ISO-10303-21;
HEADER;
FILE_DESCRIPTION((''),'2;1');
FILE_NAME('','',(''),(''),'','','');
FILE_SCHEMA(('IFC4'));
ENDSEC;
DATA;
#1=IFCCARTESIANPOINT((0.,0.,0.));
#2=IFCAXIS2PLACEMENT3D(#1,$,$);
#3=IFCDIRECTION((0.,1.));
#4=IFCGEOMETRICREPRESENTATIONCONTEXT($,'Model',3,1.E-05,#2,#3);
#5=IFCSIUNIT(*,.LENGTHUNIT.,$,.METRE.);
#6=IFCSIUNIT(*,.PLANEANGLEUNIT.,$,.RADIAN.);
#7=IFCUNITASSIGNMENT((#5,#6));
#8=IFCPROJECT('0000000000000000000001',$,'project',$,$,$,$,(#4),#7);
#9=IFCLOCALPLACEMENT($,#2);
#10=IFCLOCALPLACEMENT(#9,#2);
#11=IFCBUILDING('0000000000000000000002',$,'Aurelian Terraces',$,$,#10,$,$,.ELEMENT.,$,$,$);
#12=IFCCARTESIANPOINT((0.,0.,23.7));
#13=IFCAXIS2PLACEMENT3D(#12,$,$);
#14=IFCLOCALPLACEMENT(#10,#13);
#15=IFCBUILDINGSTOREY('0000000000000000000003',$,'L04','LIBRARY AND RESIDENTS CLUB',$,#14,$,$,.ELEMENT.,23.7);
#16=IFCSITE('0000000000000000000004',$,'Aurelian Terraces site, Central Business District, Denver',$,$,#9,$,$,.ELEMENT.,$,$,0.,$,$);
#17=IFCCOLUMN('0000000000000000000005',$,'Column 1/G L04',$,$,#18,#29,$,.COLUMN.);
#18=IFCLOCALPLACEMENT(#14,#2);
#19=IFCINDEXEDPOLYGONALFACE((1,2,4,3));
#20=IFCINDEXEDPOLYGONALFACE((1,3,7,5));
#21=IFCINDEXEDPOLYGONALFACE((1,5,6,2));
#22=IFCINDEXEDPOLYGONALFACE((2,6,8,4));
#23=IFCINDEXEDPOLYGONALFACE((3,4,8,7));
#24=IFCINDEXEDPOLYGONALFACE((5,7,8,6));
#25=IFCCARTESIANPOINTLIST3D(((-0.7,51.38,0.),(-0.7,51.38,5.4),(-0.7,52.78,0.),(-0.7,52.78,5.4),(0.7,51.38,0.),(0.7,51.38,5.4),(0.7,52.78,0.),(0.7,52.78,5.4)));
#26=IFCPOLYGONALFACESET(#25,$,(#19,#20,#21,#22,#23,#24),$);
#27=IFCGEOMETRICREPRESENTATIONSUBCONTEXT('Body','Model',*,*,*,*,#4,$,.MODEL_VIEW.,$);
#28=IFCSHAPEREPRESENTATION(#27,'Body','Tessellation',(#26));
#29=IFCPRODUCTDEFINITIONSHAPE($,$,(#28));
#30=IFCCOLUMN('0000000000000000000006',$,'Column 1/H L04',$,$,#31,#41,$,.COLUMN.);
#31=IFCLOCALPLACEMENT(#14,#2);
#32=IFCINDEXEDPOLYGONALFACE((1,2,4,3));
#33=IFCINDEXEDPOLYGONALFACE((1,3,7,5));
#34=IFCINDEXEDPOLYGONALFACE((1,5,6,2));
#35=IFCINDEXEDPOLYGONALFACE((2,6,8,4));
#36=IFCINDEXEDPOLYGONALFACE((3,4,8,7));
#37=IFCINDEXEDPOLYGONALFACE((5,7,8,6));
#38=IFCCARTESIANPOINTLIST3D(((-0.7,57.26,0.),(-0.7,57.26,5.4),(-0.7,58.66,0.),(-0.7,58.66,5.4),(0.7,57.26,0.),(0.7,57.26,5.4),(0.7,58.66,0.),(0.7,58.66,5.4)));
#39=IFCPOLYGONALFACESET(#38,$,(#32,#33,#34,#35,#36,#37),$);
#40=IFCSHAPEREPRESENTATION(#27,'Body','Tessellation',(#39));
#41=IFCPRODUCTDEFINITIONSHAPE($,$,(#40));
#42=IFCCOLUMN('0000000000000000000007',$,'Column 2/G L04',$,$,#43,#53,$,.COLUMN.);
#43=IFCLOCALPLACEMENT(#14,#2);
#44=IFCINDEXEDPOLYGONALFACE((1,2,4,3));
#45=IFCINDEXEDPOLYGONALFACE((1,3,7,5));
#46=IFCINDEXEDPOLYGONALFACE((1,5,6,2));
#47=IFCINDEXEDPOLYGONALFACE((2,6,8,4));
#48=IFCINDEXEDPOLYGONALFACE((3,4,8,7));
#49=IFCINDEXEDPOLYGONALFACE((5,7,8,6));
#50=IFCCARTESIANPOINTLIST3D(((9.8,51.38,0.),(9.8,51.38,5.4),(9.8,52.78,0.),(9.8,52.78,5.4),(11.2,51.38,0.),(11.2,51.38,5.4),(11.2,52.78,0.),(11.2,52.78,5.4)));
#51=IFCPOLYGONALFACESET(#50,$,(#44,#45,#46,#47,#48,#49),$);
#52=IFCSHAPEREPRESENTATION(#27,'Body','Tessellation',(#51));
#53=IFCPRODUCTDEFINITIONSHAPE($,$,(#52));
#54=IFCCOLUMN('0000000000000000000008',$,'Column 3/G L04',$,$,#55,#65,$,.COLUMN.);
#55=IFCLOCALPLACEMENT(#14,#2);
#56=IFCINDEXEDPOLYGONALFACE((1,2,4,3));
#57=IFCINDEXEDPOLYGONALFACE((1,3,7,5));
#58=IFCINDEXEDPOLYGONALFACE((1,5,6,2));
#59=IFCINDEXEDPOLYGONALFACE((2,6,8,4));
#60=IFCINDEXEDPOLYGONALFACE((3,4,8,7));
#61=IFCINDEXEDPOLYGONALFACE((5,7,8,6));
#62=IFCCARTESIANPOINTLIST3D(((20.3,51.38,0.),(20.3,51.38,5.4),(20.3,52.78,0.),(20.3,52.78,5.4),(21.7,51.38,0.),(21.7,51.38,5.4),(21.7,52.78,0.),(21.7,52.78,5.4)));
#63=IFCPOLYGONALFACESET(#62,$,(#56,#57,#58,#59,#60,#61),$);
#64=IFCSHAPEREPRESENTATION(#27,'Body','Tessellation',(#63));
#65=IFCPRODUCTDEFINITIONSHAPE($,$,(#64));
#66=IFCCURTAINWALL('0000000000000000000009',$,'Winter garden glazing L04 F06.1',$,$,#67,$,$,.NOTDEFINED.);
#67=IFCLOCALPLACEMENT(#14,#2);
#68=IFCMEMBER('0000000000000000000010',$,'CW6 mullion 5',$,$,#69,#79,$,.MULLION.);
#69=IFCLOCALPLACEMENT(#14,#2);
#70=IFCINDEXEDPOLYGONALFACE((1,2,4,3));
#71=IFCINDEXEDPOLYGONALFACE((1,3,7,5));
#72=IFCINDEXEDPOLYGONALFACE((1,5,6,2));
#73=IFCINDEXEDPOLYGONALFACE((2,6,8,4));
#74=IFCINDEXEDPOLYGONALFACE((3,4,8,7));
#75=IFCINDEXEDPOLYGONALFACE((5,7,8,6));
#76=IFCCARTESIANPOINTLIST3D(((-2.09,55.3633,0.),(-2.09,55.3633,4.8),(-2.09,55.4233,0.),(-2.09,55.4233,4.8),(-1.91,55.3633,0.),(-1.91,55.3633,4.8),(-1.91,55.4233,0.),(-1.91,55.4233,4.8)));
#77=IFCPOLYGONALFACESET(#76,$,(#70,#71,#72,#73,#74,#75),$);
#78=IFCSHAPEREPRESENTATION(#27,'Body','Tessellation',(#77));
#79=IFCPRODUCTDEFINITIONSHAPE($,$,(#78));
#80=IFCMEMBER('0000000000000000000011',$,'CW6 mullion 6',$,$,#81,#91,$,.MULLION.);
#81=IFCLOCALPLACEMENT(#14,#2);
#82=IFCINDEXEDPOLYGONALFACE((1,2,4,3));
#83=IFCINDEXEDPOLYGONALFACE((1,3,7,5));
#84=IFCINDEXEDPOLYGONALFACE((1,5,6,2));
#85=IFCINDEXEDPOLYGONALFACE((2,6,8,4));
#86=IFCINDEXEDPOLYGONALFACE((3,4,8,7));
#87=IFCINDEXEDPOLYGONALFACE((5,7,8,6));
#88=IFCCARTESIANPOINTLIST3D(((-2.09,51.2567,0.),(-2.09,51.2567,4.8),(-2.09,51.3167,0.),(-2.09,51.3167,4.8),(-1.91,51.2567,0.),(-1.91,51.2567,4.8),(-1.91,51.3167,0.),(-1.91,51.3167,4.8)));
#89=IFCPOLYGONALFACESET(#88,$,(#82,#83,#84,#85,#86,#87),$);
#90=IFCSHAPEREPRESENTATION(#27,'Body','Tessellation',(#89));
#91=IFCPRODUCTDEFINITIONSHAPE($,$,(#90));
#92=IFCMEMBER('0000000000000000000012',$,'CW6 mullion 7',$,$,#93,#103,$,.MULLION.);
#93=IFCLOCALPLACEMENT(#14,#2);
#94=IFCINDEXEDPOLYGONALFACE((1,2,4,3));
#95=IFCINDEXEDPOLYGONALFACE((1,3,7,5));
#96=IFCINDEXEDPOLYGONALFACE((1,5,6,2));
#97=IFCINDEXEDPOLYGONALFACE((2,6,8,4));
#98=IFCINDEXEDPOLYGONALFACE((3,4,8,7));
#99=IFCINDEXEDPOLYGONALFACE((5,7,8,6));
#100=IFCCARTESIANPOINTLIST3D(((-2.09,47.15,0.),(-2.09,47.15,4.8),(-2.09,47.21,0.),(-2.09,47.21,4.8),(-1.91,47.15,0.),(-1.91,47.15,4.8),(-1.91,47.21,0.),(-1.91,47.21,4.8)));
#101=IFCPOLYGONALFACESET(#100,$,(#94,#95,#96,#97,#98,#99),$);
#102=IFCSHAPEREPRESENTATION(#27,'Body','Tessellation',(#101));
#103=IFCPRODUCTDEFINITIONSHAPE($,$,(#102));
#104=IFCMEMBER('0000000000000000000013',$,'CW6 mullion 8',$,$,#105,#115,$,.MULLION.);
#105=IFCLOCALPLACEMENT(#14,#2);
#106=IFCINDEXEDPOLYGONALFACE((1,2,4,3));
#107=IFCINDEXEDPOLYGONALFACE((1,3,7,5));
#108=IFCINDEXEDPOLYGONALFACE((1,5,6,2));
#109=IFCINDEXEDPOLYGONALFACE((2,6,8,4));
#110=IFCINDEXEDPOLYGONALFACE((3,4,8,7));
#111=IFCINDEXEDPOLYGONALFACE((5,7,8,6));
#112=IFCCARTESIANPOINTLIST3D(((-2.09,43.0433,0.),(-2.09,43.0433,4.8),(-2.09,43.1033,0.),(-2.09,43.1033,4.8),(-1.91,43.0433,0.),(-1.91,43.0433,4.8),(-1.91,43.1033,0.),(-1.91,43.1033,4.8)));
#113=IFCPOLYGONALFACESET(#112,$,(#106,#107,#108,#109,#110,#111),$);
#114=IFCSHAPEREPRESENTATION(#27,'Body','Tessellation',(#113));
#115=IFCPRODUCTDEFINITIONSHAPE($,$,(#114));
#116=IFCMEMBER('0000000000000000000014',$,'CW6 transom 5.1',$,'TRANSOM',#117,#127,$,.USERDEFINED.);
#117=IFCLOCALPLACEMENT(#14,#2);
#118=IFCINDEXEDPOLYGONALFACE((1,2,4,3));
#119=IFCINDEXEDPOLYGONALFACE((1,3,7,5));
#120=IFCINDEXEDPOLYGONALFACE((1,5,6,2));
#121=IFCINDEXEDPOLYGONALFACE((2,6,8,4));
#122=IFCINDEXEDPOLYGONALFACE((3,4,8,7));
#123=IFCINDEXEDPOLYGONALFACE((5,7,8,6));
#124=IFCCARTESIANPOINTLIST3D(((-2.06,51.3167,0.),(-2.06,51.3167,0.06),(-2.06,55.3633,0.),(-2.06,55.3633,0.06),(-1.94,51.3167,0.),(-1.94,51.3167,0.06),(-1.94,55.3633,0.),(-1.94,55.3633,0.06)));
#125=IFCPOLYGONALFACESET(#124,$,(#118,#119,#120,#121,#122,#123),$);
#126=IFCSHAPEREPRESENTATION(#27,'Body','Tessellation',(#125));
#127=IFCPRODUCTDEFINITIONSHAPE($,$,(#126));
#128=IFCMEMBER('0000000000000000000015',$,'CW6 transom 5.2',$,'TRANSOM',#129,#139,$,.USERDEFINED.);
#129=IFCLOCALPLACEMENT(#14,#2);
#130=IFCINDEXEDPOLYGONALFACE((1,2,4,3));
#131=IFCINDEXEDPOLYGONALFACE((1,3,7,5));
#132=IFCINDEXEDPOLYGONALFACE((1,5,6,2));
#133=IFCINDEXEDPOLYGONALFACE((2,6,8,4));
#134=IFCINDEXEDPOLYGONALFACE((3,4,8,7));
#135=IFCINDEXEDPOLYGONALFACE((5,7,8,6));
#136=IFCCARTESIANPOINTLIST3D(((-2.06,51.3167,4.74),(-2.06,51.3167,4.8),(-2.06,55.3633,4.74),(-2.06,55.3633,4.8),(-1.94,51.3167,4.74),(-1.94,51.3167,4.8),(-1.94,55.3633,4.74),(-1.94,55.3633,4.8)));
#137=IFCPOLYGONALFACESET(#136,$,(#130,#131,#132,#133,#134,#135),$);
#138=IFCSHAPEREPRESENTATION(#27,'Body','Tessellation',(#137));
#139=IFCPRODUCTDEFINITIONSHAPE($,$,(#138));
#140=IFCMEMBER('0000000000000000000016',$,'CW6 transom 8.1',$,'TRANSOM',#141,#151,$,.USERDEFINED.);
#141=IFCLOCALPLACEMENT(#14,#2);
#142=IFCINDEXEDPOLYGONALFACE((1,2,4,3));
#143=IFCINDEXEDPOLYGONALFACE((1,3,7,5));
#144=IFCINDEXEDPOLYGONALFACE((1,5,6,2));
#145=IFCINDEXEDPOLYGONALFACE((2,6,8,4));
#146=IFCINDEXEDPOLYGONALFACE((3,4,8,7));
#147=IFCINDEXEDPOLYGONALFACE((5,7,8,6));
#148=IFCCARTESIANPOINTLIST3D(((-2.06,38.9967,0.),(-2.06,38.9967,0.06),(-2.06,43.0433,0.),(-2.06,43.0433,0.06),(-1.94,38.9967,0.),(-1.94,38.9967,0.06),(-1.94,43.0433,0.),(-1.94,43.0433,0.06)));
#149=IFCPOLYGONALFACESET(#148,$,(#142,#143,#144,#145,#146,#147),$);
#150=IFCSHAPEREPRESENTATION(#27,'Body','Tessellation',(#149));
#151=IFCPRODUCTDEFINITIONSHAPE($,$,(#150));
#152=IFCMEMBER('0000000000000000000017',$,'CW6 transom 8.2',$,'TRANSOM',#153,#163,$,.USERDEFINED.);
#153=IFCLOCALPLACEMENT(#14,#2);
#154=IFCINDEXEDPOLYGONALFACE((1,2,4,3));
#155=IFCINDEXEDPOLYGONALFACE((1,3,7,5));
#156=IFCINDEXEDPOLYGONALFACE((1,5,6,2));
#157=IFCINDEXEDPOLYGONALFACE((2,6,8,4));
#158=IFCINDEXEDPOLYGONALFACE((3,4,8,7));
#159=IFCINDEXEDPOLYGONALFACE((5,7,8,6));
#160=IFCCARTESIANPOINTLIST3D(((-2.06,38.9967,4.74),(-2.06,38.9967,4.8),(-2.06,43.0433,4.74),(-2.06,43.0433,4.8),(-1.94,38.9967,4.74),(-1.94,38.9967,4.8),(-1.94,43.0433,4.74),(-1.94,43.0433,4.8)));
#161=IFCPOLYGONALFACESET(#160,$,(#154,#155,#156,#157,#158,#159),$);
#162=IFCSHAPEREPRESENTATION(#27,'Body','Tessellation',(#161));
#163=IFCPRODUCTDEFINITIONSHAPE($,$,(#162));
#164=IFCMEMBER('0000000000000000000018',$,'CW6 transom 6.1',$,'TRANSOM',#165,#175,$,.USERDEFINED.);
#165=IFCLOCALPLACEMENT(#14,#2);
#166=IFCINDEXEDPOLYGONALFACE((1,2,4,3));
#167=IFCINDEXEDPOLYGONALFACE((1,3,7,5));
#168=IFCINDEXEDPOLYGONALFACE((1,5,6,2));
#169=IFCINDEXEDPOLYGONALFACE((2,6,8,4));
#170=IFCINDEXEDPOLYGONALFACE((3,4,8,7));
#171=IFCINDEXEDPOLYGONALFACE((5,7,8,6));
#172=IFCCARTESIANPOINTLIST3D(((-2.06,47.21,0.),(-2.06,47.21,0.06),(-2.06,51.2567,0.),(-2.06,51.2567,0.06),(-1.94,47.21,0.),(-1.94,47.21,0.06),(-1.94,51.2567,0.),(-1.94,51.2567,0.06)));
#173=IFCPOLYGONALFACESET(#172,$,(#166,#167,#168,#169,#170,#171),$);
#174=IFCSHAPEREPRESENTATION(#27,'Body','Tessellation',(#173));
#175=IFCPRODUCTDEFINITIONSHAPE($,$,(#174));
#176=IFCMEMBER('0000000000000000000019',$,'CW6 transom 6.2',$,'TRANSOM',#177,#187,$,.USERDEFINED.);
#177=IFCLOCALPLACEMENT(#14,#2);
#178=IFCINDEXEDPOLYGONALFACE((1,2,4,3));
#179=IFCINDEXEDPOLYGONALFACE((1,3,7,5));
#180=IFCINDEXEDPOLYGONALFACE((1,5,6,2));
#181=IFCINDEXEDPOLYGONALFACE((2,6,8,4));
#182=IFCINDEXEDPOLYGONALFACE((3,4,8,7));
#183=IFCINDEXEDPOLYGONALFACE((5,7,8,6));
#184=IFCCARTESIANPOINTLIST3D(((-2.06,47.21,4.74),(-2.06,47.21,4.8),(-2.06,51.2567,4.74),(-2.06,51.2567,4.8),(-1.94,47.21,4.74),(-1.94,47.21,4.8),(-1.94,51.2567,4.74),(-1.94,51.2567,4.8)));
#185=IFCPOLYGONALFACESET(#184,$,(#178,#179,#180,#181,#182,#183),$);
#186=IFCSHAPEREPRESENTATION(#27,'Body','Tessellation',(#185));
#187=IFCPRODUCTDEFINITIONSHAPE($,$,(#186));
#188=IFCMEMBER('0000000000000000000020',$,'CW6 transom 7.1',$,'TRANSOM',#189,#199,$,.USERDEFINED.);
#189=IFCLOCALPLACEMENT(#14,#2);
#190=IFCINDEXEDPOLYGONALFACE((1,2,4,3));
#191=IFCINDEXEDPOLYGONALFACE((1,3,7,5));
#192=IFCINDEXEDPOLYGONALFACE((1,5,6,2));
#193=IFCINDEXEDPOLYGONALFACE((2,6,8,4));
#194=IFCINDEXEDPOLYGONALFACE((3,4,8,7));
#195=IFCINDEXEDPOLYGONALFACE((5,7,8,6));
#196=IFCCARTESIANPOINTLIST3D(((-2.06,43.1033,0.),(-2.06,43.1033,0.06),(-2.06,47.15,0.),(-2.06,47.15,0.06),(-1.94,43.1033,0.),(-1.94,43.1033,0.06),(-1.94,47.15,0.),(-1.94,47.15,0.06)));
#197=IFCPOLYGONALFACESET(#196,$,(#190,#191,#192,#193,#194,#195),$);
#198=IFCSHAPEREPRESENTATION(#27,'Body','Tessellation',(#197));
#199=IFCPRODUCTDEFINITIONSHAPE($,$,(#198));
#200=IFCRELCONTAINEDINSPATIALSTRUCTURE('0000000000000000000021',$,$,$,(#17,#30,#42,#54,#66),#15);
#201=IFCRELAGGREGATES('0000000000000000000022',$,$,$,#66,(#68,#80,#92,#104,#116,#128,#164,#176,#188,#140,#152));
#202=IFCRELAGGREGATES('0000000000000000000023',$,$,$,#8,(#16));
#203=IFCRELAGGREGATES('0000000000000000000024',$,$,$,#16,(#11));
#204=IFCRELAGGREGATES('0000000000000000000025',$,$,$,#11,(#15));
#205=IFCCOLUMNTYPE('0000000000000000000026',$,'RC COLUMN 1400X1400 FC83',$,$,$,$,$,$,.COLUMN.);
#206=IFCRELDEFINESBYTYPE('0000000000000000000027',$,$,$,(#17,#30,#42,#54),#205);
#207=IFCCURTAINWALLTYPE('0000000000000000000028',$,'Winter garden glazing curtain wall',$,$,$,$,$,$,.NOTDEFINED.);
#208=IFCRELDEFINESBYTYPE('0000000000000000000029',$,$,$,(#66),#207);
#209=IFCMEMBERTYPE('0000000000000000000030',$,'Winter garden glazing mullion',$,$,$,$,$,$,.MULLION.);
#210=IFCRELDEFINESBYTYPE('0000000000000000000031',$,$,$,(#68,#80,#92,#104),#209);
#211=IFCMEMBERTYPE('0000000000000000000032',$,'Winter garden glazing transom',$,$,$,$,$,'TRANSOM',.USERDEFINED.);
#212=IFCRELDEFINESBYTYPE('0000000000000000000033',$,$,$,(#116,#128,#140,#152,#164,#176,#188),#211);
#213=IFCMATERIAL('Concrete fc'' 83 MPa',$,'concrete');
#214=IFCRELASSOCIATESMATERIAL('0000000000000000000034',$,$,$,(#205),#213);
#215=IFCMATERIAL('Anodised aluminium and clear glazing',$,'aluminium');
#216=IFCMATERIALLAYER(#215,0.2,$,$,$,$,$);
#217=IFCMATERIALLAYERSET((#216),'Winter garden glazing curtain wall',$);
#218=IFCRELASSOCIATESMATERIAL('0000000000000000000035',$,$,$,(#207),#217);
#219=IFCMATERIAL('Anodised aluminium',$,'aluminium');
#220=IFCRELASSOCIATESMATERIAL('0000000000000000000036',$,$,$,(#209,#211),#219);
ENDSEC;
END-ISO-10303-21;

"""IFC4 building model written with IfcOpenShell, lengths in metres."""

from ifc_helpers import new_model, si_unit, direction, frame, origin, origin_2d, place, context, subcontext, project, spatial, rectangle, extrude, source, transform, mapped, material, layer, layer_set, material_profile, profile_set, type_object, element, aggregate, save


model = new_model("IFC4")

# Units and contexts
model_context = context("Model", 3, precision=1e-05, world=origin(), true_north=direction((0.0, 1.0)))
body_context = subcontext(model_context, "Body", "Model", "MODEL_VIEW")
ifc_project = project(units=[si_unit("LENGTHUNIT", "METRE"), si_unit("PLANEANGLEUNIT", "RADIAN")], contexts=[model_context])

# Site, building, storey
site_placement = place(None, origin())
site = spatial("IfcSite", under=ifc_project, at=site_placement, Name="Aurelian Terraces site, Central Business District, Denver", CompositionType="ELEMENT", RefElevation=0.0)
building_placement = place(site_placement, origin())
building = spatial("IfcBuilding", under=site, at=building_placement, Name="Aurelian Terraces", CompositionType="ELEMENT")
storey_placement = place(building_placement, frame((0.0, 0.0, 23.7)))
storey = spatial("IfcBuildingStorey", under=building, at=storey_placement, Name="L04", Description="LIBRARY AND RESIDENTS CLUB", CompositionType="ELEMENT", Elevation=23.7)

# Columns
ifc_material_1 = material(Name="Concrete fc' 83 MPa", Category="concrete")
ifc_material_profile_1 = material_profile(ifc_material_1, rectangle(XDim=1.4, YDim=1.4, at=origin_2d()))
ifc_profile_set_1 = profile_set([ifc_material_profile_1], Name="Concrete fc' 83 MPa")
column_type = type_object("IfcColumnType", Name="RC COLUMN 1400X1400 FC83", PredefinedType="COLUMN", material=ifc_profile_set_1)
shared_shape_1 = source(origin(), body_context, "Body", "SweptSolid", [
    extrude(rectangle(XDim=1.4, YDim=1.4, at=origin_2d()), origin(), (0.0, 0.0, 1.0), 5.4),
])
for number, where, z_axis, x_axis, name in (
    (1, (0.0, 52.08, 0.0), (0.0, 0.0, 1.0), (1.0, 0.0, 0.0), "Column 1/G L04"),
    (2, (0.0, 57.96, 0.0), (0.0, 0.0, 1.0), (1.0, 0.0, 0.0), "Column 1/H L04"),
    (3, (10.5, 52.08, 0.0), (0.0, 0.0, 1.0), (1.0, 0.0, 0.0), "Column 2/G L04"),
    (4, (21.0, 52.08, 0.0), (0.0, 0.0, 1.0), (1.0, 0.0, 0.0), "Column 3/G L04"),
):
    element("IfcColumn", number, at=place(storey_placement, frame(where, z_axis=z_axis, x_axis=x_axis)), inside=storey, type_object=column_type, Name=name, PredefinedType="COLUMN", context=body_context, shape_type="MappedRepresentation", body=[
        mapped(shared_shape_1, transform((0.0, 0.0, 0.0), scale=1.0)),
    ])

# Curtain wall, members
ifc_material_2 = material(Name="Anodised aluminium and clear glazing", Category="aluminium")
ifc_layer_1 = layer(ifc_material_2, 0.2)
ifc_layer_set_1 = layer_set([ifc_layer_1], Name="Winter garden glazing curtain wall")
curtain_wall_type = type_object("IfcCurtainWallType", Name="Winter garden glazing curtain wall", PredefinedType="NOTDEFINED", material=ifc_layer_set_1)
curtain_wall_placement = place(storey_placement, origin())
curtain_wall = element("IfcCurtainWall", 5, at=curtain_wall_placement, inside=storey, type_object=curtain_wall_type, Name="Winter garden glazing L04 F06.1", PredefinedType="NOTDEFINED")
ifc_material_3 = material(Name="Anodised aluminium", Category="aluminium")
ifc_material_profile_2 = material_profile(ifc_material_3, rectangle(XDim=0.18, YDim=0.06, at=origin_2d()))
ifc_profile_set_2 = profile_set([ifc_material_profile_2], Name="Anodised aluminium")
member_type_1 = type_object("IfcMemberType", Name="Winter garden glazing mullion", PredefinedType="MULLION", material=ifc_profile_set_2)
shared_shape_2 = source(origin(), body_context, "Body", "SweptSolid", [
    extrude(rectangle(XDim=0.18, YDim=0.06, at=origin_2d()), origin(), (0.0, 0.0, 1.0), 4.8),
])
member_1_placement = place(storey_placement, frame((-2.0, 55.3933, 0.0), z_axis=(0.0, 0.0, 1.0), x_axis=(1.0, 0.0, 0.0)))
member_1 = element("IfcMember", 6, at=member_1_placement, type_object=member_type_1, Name="CW6 mullion 5", PredefinedType="MULLION", context=body_context, shape_type="MappedRepresentation", body=[
    mapped(shared_shape_2, transform((0.0, 0.0, 0.0), scale=1.0)),
])
member_2_placement = place(storey_placement, frame((-2.0, 51.2867, 0.0), z_axis=(0.0, 0.0, 1.0), x_axis=(1.0, 0.0, 0.0)))
member_2 = element("IfcMember", 7, at=member_2_placement, type_object=member_type_1, Name="CW6 mullion 6", PredefinedType="MULLION", context=body_context, shape_type="MappedRepresentation", body=[
    mapped(shared_shape_2, transform((0.0, 0.0, 0.0), scale=1.0)),
])
member_3_placement = place(storey_placement, frame((-2.0, 47.18, 0.0), z_axis=(0.0, 0.0, 1.0), x_axis=(1.0, 0.0, 0.0)))
member_3 = element("IfcMember", 8, at=member_3_placement, type_object=member_type_1, Name="CW6 mullion 7", PredefinedType="MULLION", context=body_context, shape_type="MappedRepresentation", body=[
    mapped(shared_shape_2, transform((0.0, 0.0, 0.0), scale=1.0)),
])
member_4_placement = place(storey_placement, frame((-2.0, 43.0733, 0.0), z_axis=(0.0, 0.0, 1.0), x_axis=(1.0, 0.0, 0.0)))
member_4 = element("IfcMember", 9, at=member_4_placement, type_object=member_type_1, Name="CW6 mullion 8", PredefinedType="MULLION", context=body_context, shape_type="MappedRepresentation", body=[
    mapped(shared_shape_2, transform((0.0, 0.0, 0.0), scale=1.0)),
])
ifc_material_profile_3 = material_profile(ifc_material_3, rectangle(XDim=0.12, YDim=0.06, at=origin_2d()))
ifc_profile_set_3 = profile_set([ifc_material_profile_3], Name="Anodised aluminium")
member_type_2 = type_object("IfcMemberType", Name="Winter garden glazing transom", ElementType="TRANSOM", PredefinedType="USERDEFINED", material=ifc_profile_set_3)
shared_shape_3 = source(origin(), body_context, "Body", "SweptSolid", [
    extrude(rectangle(XDim=0.12, YDim=0.06, at=origin_2d()), origin(), (0.0, 0.0, 1.0), 4.0466),
])
member_5_placement = place(storey_placement, frame((-2.0, 55.3633, 0.03), z_axis=(0.0, -1.0, 0.0), x_axis=(1.0, 0.0, 0.0)))
member_5 = element("IfcMember", 10, at=member_5_placement, type_object=member_type_2, Name="CW6 transom 5.1", ObjectType="TRANSOM", PredefinedType="USERDEFINED", context=body_context, shape_type="MappedRepresentation", body=[
    mapped(shared_shape_3, transform((0.0, 0.0, 0.0), scale=1.0)),
])
member_6_placement = place(storey_placement, frame((-2.0, 55.3633, 4.77), z_axis=(0.0, -1.0, 0.0), x_axis=(1.0, 0.0, 0.0)))
member_6 = element("IfcMember", 11, at=member_6_placement, type_object=member_type_2, Name="CW6 transom 5.2", ObjectType="TRANSOM", PredefinedType="USERDEFINED", context=body_context, shape_type="MappedRepresentation", body=[
    mapped(shared_shape_3, transform((0.0, 0.0, 0.0), scale=1.0)),
])
member_7_placement = place(storey_placement, frame((-2.0, 43.0433, 0.03), z_axis=(0.0, -1.0, 0.0), x_axis=(1.0, 0.0, 0.0)))
member_7 = element("IfcMember", 12, at=member_7_placement, type_object=member_type_2, Name="CW6 transom 8.1", ObjectType="TRANSOM", PredefinedType="USERDEFINED", context=body_context, shape_type="MappedRepresentation", body=[
    mapped(shared_shape_3, transform((0.0, 0.0, 0.0), scale=1.0)),
])
member_8_placement = place(storey_placement, frame((-2.0, 43.0433, 4.77), z_axis=(0.0, -1.0, 0.0), x_axis=(1.0, 0.0, 0.0)))
member_8 = element("IfcMember", 13, at=member_8_placement, type_object=member_type_2, Name="CW6 transom 8.2", ObjectType="TRANSOM", PredefinedType="USERDEFINED", context=body_context, shape_type="MappedRepresentation", body=[
    mapped(shared_shape_3, transform((0.0, 0.0, 0.0), scale=1.0)),
])
shared_shape_4 = source(origin(), body_context, "Body", "SweptSolid", [
    extrude(rectangle(XDim=0.12, YDim=0.06, at=origin_2d()), origin(), (0.0, 0.0, 1.0), 4.0467),
])
member_9_placement = place(storey_placement, frame((-2.0, 51.2567, 0.03), z_axis=(0.0, -1.0, 0.0), x_axis=(1.0, 0.0, 0.0)))
member_9 = element("IfcMember", 14, at=member_9_placement, type_object=member_type_2, Name="CW6 transom 6.1", ObjectType="TRANSOM", PredefinedType="USERDEFINED", context=body_context, shape_type="MappedRepresentation", body=[
    mapped(shared_shape_4, transform((0.0, 0.0, 0.0), scale=1.0)),
])
member_10_placement = place(storey_placement, frame((-2.0, 51.2567, 4.77), z_axis=(0.0, -1.0, 0.0), x_axis=(1.0, 0.0, 0.0)))
member_10 = element("IfcMember", 15, at=member_10_placement, type_object=member_type_2, Name="CW6 transom 6.2", ObjectType="TRANSOM", PredefinedType="USERDEFINED", context=body_context, shape_type="MappedRepresentation", body=[
    mapped(shared_shape_4, transform((0.0, 0.0, 0.0), scale=1.0)),
])
member_11_placement = place(storey_placement, frame((-2.0, 47.15, 0.03), z_axis=(0.0, -1.0, 0.0), x_axis=(1.0, 0.0, 0.0)))
member_11 = element("IfcMember", 16, at=member_11_placement, type_object=member_type_2, Name="CW6 transom 7.1", ObjectType="TRANSOM", PredefinedType="USERDEFINED", context=body_context, shape_type="MappedRepresentation", body=[
    mapped(shared_shape_4, transform((0.0, 0.0, 0.0), scale=1.0)),
])
aggregate(curtain_wall, [member_1, member_2, member_3, member_4, member_5, member_6, member_9, member_10, member_11, member_7, member_8])

save(model, "model.ifc")
